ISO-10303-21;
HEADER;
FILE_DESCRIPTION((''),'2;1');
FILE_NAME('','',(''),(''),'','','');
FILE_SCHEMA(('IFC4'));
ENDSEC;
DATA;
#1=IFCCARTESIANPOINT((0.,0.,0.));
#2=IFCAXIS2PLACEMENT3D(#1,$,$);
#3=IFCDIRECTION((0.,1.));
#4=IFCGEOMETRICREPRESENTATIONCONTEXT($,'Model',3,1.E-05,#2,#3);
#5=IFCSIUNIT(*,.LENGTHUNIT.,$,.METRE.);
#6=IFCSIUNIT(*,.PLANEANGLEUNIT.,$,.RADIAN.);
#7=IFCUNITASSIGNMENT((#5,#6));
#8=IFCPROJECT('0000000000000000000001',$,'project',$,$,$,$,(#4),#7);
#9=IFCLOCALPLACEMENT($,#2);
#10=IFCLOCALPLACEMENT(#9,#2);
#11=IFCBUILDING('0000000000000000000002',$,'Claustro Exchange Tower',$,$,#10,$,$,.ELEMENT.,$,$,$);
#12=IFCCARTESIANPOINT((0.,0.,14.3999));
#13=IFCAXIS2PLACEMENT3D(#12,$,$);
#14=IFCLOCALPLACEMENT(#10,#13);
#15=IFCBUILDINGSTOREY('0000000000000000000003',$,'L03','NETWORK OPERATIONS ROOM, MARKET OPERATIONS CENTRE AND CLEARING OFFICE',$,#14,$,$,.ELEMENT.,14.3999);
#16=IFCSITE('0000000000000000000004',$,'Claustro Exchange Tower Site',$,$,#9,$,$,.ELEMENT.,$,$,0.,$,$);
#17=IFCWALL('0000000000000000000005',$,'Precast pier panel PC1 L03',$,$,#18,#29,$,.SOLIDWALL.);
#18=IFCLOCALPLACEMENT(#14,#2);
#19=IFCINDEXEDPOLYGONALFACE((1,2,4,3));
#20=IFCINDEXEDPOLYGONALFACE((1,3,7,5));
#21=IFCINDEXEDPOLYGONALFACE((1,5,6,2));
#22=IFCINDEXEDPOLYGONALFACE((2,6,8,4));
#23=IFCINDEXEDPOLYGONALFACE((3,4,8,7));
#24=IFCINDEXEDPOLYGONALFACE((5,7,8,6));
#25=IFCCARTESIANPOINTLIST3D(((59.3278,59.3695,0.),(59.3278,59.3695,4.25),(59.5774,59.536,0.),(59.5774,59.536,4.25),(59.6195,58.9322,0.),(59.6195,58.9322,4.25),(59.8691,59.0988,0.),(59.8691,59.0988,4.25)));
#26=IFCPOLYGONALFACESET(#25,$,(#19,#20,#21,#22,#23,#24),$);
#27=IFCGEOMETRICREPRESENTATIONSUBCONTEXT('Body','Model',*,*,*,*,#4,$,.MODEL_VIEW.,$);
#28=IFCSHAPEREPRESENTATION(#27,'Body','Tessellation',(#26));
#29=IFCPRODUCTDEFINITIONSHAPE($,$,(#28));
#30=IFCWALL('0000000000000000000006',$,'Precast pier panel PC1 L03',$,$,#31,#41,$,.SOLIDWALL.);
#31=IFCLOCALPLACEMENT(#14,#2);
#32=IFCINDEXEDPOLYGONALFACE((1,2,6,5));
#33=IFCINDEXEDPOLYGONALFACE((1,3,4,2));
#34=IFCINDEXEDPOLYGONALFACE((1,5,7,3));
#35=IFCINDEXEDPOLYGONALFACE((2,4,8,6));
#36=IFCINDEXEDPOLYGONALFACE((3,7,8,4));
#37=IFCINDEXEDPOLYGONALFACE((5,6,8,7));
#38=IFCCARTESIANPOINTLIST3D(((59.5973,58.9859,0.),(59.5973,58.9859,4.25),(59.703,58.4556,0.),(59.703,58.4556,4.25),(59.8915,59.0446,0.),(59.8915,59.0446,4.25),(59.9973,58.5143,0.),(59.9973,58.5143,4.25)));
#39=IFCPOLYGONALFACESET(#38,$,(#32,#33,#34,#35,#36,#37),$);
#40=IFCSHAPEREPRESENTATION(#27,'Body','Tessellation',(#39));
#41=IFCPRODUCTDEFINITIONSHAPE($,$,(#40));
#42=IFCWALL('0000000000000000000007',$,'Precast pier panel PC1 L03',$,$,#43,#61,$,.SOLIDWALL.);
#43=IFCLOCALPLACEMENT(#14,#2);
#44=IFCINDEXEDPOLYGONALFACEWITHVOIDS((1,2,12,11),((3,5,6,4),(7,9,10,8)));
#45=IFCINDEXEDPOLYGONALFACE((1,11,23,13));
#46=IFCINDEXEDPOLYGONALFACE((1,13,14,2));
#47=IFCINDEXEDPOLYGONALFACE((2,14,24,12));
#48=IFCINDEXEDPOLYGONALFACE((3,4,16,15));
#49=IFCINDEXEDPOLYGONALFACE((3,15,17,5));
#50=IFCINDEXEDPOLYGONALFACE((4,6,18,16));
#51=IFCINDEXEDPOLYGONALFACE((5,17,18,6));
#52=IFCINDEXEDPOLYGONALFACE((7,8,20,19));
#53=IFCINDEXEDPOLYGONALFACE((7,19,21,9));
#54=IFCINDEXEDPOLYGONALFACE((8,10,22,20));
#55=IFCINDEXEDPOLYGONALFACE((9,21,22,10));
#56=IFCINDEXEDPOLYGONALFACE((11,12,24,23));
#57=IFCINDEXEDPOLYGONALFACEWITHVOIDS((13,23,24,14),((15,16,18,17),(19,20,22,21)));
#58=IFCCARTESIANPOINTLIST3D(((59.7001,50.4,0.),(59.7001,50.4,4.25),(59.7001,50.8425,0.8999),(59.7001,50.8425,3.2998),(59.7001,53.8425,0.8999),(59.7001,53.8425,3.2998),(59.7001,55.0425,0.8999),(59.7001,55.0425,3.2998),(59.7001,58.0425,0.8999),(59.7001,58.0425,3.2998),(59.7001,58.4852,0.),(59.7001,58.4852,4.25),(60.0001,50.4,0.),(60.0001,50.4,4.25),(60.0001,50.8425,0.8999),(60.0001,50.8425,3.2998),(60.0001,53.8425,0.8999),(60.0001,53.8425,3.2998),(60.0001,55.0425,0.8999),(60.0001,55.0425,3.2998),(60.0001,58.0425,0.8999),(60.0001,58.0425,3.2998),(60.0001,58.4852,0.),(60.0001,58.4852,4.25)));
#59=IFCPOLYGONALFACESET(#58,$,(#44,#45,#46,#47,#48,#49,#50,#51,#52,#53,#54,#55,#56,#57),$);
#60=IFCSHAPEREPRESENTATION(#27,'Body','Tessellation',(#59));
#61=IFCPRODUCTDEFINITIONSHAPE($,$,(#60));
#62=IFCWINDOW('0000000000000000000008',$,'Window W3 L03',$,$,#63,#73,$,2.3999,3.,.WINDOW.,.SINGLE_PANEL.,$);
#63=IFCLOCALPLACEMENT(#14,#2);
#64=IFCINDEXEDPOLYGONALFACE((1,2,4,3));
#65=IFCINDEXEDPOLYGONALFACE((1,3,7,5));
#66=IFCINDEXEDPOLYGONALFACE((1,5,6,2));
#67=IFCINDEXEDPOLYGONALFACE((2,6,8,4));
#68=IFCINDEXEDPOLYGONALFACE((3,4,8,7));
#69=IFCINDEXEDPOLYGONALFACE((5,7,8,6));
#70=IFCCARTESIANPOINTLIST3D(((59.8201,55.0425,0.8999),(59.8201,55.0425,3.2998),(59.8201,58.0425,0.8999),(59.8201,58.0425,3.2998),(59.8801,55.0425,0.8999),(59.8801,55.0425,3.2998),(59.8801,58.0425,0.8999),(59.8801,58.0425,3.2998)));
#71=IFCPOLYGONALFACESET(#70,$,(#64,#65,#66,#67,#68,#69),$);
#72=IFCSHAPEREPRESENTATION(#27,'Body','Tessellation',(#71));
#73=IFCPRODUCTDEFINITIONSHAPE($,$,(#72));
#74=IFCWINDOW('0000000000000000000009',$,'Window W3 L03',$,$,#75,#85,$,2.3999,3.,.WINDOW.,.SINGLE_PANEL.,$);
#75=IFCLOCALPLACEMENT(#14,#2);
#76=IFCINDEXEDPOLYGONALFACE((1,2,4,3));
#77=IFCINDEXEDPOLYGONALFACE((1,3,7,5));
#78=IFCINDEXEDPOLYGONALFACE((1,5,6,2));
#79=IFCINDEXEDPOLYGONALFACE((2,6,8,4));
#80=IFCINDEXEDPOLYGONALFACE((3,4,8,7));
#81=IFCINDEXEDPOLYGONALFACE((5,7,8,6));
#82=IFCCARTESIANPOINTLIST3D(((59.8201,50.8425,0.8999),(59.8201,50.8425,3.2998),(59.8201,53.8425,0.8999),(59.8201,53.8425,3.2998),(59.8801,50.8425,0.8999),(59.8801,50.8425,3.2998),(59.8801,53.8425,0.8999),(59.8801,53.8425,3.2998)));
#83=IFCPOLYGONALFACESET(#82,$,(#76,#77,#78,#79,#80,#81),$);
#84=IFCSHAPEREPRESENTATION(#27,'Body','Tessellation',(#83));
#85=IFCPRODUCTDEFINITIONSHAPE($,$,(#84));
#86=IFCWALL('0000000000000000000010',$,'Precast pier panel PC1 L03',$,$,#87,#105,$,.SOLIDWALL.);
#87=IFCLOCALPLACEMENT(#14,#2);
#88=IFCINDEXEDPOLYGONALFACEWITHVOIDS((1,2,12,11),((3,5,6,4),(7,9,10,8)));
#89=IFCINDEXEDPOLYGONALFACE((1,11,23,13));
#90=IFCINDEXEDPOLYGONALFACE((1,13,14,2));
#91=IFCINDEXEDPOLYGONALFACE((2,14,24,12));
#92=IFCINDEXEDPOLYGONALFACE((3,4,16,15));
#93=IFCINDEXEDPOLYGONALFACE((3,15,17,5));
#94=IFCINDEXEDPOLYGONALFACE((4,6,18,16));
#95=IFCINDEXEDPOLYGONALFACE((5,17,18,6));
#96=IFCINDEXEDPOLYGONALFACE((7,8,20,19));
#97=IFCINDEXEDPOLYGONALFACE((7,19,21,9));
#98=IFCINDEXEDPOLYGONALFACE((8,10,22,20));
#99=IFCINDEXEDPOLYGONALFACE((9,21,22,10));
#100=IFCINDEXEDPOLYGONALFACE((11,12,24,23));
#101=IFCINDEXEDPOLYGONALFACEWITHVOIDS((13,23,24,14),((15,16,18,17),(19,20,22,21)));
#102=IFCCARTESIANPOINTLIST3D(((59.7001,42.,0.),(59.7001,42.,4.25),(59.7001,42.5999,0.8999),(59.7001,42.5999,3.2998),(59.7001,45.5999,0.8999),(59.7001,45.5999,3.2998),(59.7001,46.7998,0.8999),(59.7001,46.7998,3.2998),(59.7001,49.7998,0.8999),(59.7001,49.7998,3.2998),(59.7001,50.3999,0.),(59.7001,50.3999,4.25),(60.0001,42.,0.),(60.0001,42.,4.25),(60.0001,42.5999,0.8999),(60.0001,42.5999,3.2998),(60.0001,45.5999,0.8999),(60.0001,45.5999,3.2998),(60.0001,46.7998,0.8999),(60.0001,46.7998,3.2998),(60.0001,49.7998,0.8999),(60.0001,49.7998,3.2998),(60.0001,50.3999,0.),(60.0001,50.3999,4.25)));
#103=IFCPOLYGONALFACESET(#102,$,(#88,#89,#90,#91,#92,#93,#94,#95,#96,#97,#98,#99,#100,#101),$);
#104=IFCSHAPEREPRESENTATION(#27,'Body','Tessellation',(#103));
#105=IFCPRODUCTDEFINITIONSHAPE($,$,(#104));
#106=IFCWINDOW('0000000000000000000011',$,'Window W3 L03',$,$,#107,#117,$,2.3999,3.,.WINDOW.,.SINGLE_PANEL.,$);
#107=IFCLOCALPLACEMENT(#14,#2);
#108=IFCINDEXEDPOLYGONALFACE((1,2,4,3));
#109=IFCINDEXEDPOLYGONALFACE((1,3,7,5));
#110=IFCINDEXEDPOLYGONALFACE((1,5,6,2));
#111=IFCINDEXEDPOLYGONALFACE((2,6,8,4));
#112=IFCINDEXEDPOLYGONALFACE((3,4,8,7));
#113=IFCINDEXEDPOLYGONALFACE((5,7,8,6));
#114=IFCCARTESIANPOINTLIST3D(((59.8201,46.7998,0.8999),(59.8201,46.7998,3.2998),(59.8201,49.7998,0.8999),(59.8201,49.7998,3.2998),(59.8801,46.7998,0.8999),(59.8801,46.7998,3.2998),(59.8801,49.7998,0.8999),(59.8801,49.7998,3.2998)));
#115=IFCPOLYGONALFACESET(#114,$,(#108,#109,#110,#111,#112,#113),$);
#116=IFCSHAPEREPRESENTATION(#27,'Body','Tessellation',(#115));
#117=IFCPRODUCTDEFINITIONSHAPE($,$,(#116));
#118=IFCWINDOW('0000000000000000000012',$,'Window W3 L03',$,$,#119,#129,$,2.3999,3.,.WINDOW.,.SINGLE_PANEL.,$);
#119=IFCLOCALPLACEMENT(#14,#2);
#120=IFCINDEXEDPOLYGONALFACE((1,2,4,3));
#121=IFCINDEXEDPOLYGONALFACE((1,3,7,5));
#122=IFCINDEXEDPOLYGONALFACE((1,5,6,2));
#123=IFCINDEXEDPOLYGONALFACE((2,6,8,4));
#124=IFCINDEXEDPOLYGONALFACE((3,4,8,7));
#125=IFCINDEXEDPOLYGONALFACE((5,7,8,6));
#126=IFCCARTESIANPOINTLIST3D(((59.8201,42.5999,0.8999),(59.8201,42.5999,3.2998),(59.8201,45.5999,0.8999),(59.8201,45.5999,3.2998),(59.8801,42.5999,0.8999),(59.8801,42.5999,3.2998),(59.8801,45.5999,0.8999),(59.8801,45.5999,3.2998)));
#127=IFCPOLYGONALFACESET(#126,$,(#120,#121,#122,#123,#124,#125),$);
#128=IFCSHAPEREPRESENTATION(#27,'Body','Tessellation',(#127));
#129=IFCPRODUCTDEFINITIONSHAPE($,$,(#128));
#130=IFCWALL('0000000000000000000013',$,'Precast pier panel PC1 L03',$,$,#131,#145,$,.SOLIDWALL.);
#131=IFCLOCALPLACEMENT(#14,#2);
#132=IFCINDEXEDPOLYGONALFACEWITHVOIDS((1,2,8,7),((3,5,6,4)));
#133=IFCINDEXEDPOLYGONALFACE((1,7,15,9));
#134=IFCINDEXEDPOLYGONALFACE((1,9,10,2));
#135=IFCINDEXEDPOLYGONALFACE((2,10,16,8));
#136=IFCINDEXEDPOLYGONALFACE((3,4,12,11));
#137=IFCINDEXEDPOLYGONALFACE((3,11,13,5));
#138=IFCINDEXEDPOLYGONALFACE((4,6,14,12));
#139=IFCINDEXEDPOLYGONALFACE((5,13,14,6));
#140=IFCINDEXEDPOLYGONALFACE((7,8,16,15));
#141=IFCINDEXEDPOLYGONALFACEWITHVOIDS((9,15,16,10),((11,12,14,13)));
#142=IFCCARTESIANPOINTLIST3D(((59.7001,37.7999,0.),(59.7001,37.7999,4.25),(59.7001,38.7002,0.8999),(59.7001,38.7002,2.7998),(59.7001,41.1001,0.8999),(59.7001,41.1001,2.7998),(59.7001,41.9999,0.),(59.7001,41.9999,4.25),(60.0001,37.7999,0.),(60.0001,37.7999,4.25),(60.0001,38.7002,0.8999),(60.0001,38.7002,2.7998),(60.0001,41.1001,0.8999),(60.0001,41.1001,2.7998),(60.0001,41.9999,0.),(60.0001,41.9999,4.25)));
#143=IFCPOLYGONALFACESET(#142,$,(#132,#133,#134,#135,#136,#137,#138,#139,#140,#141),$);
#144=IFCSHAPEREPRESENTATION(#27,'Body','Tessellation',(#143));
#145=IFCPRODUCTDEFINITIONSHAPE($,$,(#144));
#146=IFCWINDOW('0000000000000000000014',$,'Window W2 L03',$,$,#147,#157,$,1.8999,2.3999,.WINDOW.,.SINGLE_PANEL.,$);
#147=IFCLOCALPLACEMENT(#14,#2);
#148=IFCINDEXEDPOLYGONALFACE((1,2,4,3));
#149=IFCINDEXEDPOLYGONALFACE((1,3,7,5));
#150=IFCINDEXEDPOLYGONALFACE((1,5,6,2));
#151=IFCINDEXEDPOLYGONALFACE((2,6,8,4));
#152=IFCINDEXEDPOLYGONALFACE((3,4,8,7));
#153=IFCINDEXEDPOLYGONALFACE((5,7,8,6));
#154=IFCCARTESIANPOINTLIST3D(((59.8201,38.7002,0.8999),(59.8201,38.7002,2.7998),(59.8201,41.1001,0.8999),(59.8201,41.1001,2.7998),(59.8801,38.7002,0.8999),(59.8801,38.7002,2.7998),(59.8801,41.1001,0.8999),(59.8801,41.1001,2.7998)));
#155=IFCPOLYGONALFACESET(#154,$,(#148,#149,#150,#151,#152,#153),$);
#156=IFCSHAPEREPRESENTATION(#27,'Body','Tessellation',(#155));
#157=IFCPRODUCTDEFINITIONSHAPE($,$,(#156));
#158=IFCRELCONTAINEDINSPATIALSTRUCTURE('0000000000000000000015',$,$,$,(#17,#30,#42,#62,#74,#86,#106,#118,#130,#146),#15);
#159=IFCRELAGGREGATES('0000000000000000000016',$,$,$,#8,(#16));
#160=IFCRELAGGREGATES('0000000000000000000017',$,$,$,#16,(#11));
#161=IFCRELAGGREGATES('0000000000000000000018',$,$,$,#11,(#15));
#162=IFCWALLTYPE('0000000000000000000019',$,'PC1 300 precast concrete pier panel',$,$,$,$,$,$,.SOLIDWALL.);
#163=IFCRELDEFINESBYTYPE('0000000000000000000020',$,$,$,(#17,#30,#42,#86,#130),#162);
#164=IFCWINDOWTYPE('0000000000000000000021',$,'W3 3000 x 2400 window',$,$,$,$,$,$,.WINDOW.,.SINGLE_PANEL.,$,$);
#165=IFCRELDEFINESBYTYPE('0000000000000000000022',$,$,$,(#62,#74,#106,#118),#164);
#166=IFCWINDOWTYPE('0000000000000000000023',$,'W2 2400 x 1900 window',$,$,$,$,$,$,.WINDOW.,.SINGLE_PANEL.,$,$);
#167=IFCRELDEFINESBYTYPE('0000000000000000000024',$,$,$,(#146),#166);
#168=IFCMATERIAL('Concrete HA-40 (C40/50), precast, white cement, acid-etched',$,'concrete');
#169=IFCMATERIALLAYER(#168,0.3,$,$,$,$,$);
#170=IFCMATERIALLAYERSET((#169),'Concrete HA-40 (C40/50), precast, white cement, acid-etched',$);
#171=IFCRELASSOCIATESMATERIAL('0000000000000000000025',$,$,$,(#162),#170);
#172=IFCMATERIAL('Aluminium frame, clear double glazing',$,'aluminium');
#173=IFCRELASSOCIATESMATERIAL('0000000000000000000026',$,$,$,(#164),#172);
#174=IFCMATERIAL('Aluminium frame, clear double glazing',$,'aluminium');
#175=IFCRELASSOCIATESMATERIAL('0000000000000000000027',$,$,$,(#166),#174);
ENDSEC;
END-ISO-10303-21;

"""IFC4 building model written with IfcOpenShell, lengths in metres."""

from ifc_helpers import new_model, si_unit, direction, frame, frame_2d, origin, place, context, subcontext, project, spatial, rectangle, extrude, material, layer, layer_set, type_object, element, fill, save


model = new_model("IFC4")

# Units and contexts
model_context = context("Model", 3, precision=1e-05, world=origin(), true_north=direction((0.0, 1.0)))
body_context = subcontext(model_context, "Body", "Model", "MODEL_VIEW")
ifc_project = project(units=[si_unit("LENGTHUNIT", "METRE"), si_unit("PLANEANGLEUNIT", "RADIAN")], contexts=[model_context])

# Site, building, storey
site_placement = place(None, origin())
site = spatial("IfcSite", under=ifc_project, at=site_placement, Name="Claustro Exchange Tower Site", CompositionType="ELEMENT", RefElevation=0.0)
building_placement = place(site_placement, origin())
building = spatial("IfcBuilding", under=site, at=building_placement, Name="Claustro Exchange Tower", CompositionType="ELEMENT")
storey_placement = place(building_placement, frame((0.0, 0.0, 14.3999)))
storey = spatial("IfcBuildingStorey", under=building, at=storey_placement, Name="L03", Description="NETWORK OPERATIONS ROOM, MARKET OPERATIONS CENTRE AND CLEARING OFFICE", CompositionType="ELEMENT", Elevation=14.3999)

# Shared definitions
ifc_material_1 = material(Name="Concrete HA-40 (C40/50), precast, white cement, acid-etched", Category="concrete")
ifc_layer_1 = layer(ifc_material_1, 0.3)
ifc_layer_set_1 = layer_set([ifc_layer_1], Name="Concrete HA-40 (C40/50), precast, white cement, acid-etched")
wall_type_1 = type_object("IfcWallType", Name="PC1 300 precast concrete pier panel", PredefinedType="SOLIDWALL", material=ifc_layer_set_1)
ifc_material_2 = material(Name="Aluminium frame, clear double glazing", Category="aluminium")
window_type_1 = type_object("IfcWindowType", Name="W3 3000 x 2400 window", PartitioningType="SINGLE_PANEL", PredefinedType="WINDOW", material=ifc_material_2)

# Walls
for number, where, z_axis, x_axis, name in (
    (1, (59.4526, 59.4526, 0.0), (0.0, 0.0, 1.0), (0.555022, -0.831836, 0.0), "Precast pier panel PC1 L03"),
):
    element("IfcWall", number, at=place(storey_placement, frame(where, z_axis=z_axis, x_axis=x_axis)), inside=storey, type_object=wall_type_1, Name=name, PredefinedType="SOLIDWALL", context=body_context, shape_type="SweptSolid", body=[
        extrude(rectangle(XDim=0.5256, YDim=0.3, at=frame_2d((0.2627, 0.0))), origin(), (0.0, 0.0, 1.0), 4.25),
    ])
wall_1_placement = place(storey_placement, frame((59.7444, 59.0154, 0.0), z_axis=(0.0, 0.0, 1.0), x_axis=(0.195508, -0.980702, 0.0)))
element("IfcWall", 2, at=wall_1_placement, inside=storey, type_object=wall_type_1, Name="Precast pier panel PC1 L03", PredefinedType="SOLIDWALL", context=body_context, shape_type="SweptSolid", body=[
    extrude(rectangle(XDim=0.5408, YDim=0.3, at=frame_2d((0.2705, 0.0))), origin(), (0.0, 0.0, 1.0), 4.25),
])

# Walls, openings, windows
wall_2_placement = place(storey_placement, frame((59.8501, 58.4851, 0.0), z_axis=(0.0, 0.0, 1.0), x_axis=(0.0, -1.0, 0.0)))
wall_2 = element("IfcWall", 3, at=wall_2_placement, inside=storey, type_object=wall_type_1, Name="Precast pier panel PC1 L03", PredefinedType="SOLIDWALL", context=body_context, shape_type="SweptSolid", body=[
    extrude(rectangle(XDim=8.0852, YDim=0.3, at=frame_2d((4.0425, 0.0))), origin(), (0.0, 0.0, 1.0), 4.25),
])
opening_1_placement = place(wall_2_placement, frame((0.4426, 0.0, 0.8999)))
opening_1 = element("IfcOpeningElement", 4, at=opening_1_placement, cuts=wall_2, PredefinedType="OPENING", context=body_context, shape_type="SweptSolid", body=[
    extrude(rectangle(XDim=3.0, YDim=2.3999, at=frame_2d((1.5, 1.2))), frame((0.0, 0.1599, 0.0), z_axis=(0.0, -1.0, 0.0), x_axis=(1.0, 0.0, 0.0)), (0.0, 0.0, 1.0), 0.3201),
])
opening_2_placement = place(wall_2_placement, frame((4.6426, 0.0, 0.8999)))
opening_2 = element("IfcOpeningElement", 5, at=opening_2_placement, cuts=wall_2, PredefinedType="OPENING", context=body_context, shape_type="SweptSolid", body=[
    extrude(rectangle(XDim=3.0, YDim=2.3999, at=frame_2d((1.5, 1.2))), frame((0.0, 0.1599, 0.0), z_axis=(0.0, -1.0, 0.0), x_axis=(1.0, 0.0, 0.0)), (0.0, 0.0, 1.0), 0.3201),
])
window_1_placement = place(opening_1_placement, origin())
window_1 = element("IfcWindow", 6, at=window_1_placement, inside=storey, type_object=window_type_1, Name="Window W3 L03", OverallHeight=2.3999, OverallWidth=3.0, PartitioningType="SINGLE_PANEL", PredefinedType="WINDOW", context=body_context, shape_type="SweptSolid", body=[
    extrude(rectangle(XDim=3.0, YDim=2.3999, at=frame_2d((1.5, 1.2))), frame((0.0, 0.03, 0.0), z_axis=(0.0, -1.0, 0.0), x_axis=(1.0, 0.0, 0.0)), (0.0, 0.0, 1.0), 0.0601),
])
fill(opening_1, window_1)
window_2_placement = place(opening_2_placement, origin())
window_2 = element("IfcWindow", 7, at=window_2_placement, inside=storey, type_object=window_type_1, Name="Window W3 L03", OverallHeight=2.3999, OverallWidth=3.0, PartitioningType="SINGLE_PANEL", PredefinedType="WINDOW", context=body_context, shape_type="SweptSolid", body=[
    extrude(rectangle(XDim=3.0, YDim=2.3999, at=frame_2d((1.5, 1.2))), frame((0.0, 0.03, 0.0), z_axis=(0.0, -1.0, 0.0), x_axis=(1.0, 0.0, 0.0)), (0.0, 0.0, 1.0), 0.0601),
])
fill(opening_2, window_2)
wall_3_placement = place(storey_placement, frame((59.8501, 50.3999, 0.0), z_axis=(0.0, 0.0, 1.0), x_axis=(0.0, -1.0, 0.0)))
wall_3 = element("IfcWall", 8, at=wall_3_placement, inside=storey, type_object=wall_type_1, Name="Precast pier panel PC1 L03", PredefinedType="SOLIDWALL", context=body_context, shape_type="SweptSolid", body=[
    extrude(rectangle(XDim=8.3999, YDim=0.3, at=frame_2d((4.2, 0.0))), origin(), (0.0, 0.0, 1.0), 4.25),
])
opening_3_placement = place(wall_3_placement, frame((0.6001, 0.0, 0.8999)))
opening_3 = element("IfcOpeningElement", 9, at=opening_3_placement, cuts=wall_3, PredefinedType="OPENING", context=body_context, shape_type="SweptSolid", body=[
    extrude(rectangle(XDim=3.0, YDim=2.3999, at=frame_2d((1.5, 1.2))), frame((0.0, 0.1599, 0.0), z_axis=(0.0, -1.0, 0.0), x_axis=(1.0, 0.0, 0.0)), (0.0, 0.0, 1.0), 0.3201),
])
opening_4_placement = place(wall_3_placement, frame((4.8, 0.0, 0.8999)))
opening_4 = element("IfcOpeningElement", 10, at=opening_4_placement, cuts=wall_3, PredefinedType="OPENING", context=body_context, shape_type="SweptSolid", body=[
    extrude(rectangle(XDim=3.0, YDim=2.3999, at=frame_2d((1.5, 1.2))), frame((0.0, 0.1599, 0.0), z_axis=(0.0, -1.0, 0.0), x_axis=(1.0, 0.0, 0.0)), (0.0, 0.0, 1.0), 0.3201),
])
window_3_placement = place(opening_3_placement, origin())
window_3 = element("IfcWindow", 11, at=window_3_placement, inside=storey, type_object=window_type_1, Name="Window W3 L03", OverallHeight=2.3999, OverallWidth=3.0, PartitioningType="SINGLE_PANEL", PredefinedType="WINDOW", context=body_context, shape_type="SweptSolid", body=[
    extrude(rectangle(XDim=3.0, YDim=2.3999, at=frame_2d((1.5, 1.2))), frame((0.0, 0.03, 0.0), z_axis=(0.0, -1.0, 0.0), x_axis=(1.0, 0.0, 0.0)), (0.0, 0.0, 1.0), 0.0601),
])
fill(opening_3, window_3)
window_4_placement = place(opening_4_placement, origin())
window_4 = element("IfcWindow", 12, at=window_4_placement, inside=storey, type_object=window_type_1, Name="Window W3 L03", OverallHeight=2.3999, OverallWidth=3.0, PartitioningType="SINGLE_PANEL", PredefinedType="WINDOW", context=body_context, shape_type="SweptSolid", body=[
    extrude(rectangle(XDim=3.0, YDim=2.3999, at=frame_2d((1.5, 1.2))), frame((0.0, 0.03, 0.0), z_axis=(0.0, -1.0, 0.0), x_axis=(1.0, 0.0, 0.0)), (0.0, 0.0, 1.0), 0.0601),
])
fill(opening_4, window_4)

# Wall, opening, window
wall_4_placement = place(storey_placement, frame((59.8501, 42.0, 0.0), z_axis=(0.0, 0.0, 1.0), x_axis=(0.0, -1.0, 0.0)))
wall_4 = element("IfcWall", 13, at=wall_4_placement, inside=storey, type_object=wall_type_1, Name="Precast pier panel PC1 L03", PredefinedType="SOLIDWALL", context=body_context, shape_type="SweptSolid", body=[
    extrude(rectangle(XDim=4.2, YDim=0.3, at=frame_2d((2.1001, 0.0))), origin(), (0.0, 0.0, 1.0), 4.25),
])
opening_5_placement = place(wall_4_placement, frame((0.8999, 0.0, 0.8999)))
opening_5 = element("IfcOpeningElement", 14, at=opening_5_placement, cuts=wall_4, PredefinedType="OPENING", context=body_context, shape_type="SweptSolid", body=[
    extrude(rectangle(XDim=2.3999, YDim=1.8999, at=frame_2d((1.2, 0.95))), frame((0.0, 0.1599, 0.0), z_axis=(0.0, -1.0, 0.0), x_axis=(1.0, 0.0, 0.0)), (0.0, 0.0, 1.0), 0.3201),
])
ifc_material_3 = material(Name="Aluminium frame, clear double glazing", Category="aluminium")
window_type_2 = type_object("IfcWindowType", Name="W2 2400 x 1900 window", PartitioningType="SINGLE_PANEL", PredefinedType="WINDOW", material=ifc_material_3)
window_5_placement = place(opening_5_placement, origin())
window_5 = element("IfcWindow", 15, at=window_5_placement, inside=storey, type_object=window_type_2, Name="Window W2 L03", OverallHeight=1.8999, OverallWidth=2.3999, PartitioningType="SINGLE_PANEL", PredefinedType="WINDOW", context=body_context, shape_type="SweptSolid", body=[
    extrude(rectangle(XDim=2.3999, YDim=1.8999, at=frame_2d((1.2, 0.95))), frame((0.0, 0.03, 0.0), z_axis=(0.0, -1.0, 0.0), x_axis=(1.0, 0.0, 0.0)), (0.0, 0.0, 1.0), 0.0601),
])
fill(opening_5, window_5)

save(model, "model.ifc")
